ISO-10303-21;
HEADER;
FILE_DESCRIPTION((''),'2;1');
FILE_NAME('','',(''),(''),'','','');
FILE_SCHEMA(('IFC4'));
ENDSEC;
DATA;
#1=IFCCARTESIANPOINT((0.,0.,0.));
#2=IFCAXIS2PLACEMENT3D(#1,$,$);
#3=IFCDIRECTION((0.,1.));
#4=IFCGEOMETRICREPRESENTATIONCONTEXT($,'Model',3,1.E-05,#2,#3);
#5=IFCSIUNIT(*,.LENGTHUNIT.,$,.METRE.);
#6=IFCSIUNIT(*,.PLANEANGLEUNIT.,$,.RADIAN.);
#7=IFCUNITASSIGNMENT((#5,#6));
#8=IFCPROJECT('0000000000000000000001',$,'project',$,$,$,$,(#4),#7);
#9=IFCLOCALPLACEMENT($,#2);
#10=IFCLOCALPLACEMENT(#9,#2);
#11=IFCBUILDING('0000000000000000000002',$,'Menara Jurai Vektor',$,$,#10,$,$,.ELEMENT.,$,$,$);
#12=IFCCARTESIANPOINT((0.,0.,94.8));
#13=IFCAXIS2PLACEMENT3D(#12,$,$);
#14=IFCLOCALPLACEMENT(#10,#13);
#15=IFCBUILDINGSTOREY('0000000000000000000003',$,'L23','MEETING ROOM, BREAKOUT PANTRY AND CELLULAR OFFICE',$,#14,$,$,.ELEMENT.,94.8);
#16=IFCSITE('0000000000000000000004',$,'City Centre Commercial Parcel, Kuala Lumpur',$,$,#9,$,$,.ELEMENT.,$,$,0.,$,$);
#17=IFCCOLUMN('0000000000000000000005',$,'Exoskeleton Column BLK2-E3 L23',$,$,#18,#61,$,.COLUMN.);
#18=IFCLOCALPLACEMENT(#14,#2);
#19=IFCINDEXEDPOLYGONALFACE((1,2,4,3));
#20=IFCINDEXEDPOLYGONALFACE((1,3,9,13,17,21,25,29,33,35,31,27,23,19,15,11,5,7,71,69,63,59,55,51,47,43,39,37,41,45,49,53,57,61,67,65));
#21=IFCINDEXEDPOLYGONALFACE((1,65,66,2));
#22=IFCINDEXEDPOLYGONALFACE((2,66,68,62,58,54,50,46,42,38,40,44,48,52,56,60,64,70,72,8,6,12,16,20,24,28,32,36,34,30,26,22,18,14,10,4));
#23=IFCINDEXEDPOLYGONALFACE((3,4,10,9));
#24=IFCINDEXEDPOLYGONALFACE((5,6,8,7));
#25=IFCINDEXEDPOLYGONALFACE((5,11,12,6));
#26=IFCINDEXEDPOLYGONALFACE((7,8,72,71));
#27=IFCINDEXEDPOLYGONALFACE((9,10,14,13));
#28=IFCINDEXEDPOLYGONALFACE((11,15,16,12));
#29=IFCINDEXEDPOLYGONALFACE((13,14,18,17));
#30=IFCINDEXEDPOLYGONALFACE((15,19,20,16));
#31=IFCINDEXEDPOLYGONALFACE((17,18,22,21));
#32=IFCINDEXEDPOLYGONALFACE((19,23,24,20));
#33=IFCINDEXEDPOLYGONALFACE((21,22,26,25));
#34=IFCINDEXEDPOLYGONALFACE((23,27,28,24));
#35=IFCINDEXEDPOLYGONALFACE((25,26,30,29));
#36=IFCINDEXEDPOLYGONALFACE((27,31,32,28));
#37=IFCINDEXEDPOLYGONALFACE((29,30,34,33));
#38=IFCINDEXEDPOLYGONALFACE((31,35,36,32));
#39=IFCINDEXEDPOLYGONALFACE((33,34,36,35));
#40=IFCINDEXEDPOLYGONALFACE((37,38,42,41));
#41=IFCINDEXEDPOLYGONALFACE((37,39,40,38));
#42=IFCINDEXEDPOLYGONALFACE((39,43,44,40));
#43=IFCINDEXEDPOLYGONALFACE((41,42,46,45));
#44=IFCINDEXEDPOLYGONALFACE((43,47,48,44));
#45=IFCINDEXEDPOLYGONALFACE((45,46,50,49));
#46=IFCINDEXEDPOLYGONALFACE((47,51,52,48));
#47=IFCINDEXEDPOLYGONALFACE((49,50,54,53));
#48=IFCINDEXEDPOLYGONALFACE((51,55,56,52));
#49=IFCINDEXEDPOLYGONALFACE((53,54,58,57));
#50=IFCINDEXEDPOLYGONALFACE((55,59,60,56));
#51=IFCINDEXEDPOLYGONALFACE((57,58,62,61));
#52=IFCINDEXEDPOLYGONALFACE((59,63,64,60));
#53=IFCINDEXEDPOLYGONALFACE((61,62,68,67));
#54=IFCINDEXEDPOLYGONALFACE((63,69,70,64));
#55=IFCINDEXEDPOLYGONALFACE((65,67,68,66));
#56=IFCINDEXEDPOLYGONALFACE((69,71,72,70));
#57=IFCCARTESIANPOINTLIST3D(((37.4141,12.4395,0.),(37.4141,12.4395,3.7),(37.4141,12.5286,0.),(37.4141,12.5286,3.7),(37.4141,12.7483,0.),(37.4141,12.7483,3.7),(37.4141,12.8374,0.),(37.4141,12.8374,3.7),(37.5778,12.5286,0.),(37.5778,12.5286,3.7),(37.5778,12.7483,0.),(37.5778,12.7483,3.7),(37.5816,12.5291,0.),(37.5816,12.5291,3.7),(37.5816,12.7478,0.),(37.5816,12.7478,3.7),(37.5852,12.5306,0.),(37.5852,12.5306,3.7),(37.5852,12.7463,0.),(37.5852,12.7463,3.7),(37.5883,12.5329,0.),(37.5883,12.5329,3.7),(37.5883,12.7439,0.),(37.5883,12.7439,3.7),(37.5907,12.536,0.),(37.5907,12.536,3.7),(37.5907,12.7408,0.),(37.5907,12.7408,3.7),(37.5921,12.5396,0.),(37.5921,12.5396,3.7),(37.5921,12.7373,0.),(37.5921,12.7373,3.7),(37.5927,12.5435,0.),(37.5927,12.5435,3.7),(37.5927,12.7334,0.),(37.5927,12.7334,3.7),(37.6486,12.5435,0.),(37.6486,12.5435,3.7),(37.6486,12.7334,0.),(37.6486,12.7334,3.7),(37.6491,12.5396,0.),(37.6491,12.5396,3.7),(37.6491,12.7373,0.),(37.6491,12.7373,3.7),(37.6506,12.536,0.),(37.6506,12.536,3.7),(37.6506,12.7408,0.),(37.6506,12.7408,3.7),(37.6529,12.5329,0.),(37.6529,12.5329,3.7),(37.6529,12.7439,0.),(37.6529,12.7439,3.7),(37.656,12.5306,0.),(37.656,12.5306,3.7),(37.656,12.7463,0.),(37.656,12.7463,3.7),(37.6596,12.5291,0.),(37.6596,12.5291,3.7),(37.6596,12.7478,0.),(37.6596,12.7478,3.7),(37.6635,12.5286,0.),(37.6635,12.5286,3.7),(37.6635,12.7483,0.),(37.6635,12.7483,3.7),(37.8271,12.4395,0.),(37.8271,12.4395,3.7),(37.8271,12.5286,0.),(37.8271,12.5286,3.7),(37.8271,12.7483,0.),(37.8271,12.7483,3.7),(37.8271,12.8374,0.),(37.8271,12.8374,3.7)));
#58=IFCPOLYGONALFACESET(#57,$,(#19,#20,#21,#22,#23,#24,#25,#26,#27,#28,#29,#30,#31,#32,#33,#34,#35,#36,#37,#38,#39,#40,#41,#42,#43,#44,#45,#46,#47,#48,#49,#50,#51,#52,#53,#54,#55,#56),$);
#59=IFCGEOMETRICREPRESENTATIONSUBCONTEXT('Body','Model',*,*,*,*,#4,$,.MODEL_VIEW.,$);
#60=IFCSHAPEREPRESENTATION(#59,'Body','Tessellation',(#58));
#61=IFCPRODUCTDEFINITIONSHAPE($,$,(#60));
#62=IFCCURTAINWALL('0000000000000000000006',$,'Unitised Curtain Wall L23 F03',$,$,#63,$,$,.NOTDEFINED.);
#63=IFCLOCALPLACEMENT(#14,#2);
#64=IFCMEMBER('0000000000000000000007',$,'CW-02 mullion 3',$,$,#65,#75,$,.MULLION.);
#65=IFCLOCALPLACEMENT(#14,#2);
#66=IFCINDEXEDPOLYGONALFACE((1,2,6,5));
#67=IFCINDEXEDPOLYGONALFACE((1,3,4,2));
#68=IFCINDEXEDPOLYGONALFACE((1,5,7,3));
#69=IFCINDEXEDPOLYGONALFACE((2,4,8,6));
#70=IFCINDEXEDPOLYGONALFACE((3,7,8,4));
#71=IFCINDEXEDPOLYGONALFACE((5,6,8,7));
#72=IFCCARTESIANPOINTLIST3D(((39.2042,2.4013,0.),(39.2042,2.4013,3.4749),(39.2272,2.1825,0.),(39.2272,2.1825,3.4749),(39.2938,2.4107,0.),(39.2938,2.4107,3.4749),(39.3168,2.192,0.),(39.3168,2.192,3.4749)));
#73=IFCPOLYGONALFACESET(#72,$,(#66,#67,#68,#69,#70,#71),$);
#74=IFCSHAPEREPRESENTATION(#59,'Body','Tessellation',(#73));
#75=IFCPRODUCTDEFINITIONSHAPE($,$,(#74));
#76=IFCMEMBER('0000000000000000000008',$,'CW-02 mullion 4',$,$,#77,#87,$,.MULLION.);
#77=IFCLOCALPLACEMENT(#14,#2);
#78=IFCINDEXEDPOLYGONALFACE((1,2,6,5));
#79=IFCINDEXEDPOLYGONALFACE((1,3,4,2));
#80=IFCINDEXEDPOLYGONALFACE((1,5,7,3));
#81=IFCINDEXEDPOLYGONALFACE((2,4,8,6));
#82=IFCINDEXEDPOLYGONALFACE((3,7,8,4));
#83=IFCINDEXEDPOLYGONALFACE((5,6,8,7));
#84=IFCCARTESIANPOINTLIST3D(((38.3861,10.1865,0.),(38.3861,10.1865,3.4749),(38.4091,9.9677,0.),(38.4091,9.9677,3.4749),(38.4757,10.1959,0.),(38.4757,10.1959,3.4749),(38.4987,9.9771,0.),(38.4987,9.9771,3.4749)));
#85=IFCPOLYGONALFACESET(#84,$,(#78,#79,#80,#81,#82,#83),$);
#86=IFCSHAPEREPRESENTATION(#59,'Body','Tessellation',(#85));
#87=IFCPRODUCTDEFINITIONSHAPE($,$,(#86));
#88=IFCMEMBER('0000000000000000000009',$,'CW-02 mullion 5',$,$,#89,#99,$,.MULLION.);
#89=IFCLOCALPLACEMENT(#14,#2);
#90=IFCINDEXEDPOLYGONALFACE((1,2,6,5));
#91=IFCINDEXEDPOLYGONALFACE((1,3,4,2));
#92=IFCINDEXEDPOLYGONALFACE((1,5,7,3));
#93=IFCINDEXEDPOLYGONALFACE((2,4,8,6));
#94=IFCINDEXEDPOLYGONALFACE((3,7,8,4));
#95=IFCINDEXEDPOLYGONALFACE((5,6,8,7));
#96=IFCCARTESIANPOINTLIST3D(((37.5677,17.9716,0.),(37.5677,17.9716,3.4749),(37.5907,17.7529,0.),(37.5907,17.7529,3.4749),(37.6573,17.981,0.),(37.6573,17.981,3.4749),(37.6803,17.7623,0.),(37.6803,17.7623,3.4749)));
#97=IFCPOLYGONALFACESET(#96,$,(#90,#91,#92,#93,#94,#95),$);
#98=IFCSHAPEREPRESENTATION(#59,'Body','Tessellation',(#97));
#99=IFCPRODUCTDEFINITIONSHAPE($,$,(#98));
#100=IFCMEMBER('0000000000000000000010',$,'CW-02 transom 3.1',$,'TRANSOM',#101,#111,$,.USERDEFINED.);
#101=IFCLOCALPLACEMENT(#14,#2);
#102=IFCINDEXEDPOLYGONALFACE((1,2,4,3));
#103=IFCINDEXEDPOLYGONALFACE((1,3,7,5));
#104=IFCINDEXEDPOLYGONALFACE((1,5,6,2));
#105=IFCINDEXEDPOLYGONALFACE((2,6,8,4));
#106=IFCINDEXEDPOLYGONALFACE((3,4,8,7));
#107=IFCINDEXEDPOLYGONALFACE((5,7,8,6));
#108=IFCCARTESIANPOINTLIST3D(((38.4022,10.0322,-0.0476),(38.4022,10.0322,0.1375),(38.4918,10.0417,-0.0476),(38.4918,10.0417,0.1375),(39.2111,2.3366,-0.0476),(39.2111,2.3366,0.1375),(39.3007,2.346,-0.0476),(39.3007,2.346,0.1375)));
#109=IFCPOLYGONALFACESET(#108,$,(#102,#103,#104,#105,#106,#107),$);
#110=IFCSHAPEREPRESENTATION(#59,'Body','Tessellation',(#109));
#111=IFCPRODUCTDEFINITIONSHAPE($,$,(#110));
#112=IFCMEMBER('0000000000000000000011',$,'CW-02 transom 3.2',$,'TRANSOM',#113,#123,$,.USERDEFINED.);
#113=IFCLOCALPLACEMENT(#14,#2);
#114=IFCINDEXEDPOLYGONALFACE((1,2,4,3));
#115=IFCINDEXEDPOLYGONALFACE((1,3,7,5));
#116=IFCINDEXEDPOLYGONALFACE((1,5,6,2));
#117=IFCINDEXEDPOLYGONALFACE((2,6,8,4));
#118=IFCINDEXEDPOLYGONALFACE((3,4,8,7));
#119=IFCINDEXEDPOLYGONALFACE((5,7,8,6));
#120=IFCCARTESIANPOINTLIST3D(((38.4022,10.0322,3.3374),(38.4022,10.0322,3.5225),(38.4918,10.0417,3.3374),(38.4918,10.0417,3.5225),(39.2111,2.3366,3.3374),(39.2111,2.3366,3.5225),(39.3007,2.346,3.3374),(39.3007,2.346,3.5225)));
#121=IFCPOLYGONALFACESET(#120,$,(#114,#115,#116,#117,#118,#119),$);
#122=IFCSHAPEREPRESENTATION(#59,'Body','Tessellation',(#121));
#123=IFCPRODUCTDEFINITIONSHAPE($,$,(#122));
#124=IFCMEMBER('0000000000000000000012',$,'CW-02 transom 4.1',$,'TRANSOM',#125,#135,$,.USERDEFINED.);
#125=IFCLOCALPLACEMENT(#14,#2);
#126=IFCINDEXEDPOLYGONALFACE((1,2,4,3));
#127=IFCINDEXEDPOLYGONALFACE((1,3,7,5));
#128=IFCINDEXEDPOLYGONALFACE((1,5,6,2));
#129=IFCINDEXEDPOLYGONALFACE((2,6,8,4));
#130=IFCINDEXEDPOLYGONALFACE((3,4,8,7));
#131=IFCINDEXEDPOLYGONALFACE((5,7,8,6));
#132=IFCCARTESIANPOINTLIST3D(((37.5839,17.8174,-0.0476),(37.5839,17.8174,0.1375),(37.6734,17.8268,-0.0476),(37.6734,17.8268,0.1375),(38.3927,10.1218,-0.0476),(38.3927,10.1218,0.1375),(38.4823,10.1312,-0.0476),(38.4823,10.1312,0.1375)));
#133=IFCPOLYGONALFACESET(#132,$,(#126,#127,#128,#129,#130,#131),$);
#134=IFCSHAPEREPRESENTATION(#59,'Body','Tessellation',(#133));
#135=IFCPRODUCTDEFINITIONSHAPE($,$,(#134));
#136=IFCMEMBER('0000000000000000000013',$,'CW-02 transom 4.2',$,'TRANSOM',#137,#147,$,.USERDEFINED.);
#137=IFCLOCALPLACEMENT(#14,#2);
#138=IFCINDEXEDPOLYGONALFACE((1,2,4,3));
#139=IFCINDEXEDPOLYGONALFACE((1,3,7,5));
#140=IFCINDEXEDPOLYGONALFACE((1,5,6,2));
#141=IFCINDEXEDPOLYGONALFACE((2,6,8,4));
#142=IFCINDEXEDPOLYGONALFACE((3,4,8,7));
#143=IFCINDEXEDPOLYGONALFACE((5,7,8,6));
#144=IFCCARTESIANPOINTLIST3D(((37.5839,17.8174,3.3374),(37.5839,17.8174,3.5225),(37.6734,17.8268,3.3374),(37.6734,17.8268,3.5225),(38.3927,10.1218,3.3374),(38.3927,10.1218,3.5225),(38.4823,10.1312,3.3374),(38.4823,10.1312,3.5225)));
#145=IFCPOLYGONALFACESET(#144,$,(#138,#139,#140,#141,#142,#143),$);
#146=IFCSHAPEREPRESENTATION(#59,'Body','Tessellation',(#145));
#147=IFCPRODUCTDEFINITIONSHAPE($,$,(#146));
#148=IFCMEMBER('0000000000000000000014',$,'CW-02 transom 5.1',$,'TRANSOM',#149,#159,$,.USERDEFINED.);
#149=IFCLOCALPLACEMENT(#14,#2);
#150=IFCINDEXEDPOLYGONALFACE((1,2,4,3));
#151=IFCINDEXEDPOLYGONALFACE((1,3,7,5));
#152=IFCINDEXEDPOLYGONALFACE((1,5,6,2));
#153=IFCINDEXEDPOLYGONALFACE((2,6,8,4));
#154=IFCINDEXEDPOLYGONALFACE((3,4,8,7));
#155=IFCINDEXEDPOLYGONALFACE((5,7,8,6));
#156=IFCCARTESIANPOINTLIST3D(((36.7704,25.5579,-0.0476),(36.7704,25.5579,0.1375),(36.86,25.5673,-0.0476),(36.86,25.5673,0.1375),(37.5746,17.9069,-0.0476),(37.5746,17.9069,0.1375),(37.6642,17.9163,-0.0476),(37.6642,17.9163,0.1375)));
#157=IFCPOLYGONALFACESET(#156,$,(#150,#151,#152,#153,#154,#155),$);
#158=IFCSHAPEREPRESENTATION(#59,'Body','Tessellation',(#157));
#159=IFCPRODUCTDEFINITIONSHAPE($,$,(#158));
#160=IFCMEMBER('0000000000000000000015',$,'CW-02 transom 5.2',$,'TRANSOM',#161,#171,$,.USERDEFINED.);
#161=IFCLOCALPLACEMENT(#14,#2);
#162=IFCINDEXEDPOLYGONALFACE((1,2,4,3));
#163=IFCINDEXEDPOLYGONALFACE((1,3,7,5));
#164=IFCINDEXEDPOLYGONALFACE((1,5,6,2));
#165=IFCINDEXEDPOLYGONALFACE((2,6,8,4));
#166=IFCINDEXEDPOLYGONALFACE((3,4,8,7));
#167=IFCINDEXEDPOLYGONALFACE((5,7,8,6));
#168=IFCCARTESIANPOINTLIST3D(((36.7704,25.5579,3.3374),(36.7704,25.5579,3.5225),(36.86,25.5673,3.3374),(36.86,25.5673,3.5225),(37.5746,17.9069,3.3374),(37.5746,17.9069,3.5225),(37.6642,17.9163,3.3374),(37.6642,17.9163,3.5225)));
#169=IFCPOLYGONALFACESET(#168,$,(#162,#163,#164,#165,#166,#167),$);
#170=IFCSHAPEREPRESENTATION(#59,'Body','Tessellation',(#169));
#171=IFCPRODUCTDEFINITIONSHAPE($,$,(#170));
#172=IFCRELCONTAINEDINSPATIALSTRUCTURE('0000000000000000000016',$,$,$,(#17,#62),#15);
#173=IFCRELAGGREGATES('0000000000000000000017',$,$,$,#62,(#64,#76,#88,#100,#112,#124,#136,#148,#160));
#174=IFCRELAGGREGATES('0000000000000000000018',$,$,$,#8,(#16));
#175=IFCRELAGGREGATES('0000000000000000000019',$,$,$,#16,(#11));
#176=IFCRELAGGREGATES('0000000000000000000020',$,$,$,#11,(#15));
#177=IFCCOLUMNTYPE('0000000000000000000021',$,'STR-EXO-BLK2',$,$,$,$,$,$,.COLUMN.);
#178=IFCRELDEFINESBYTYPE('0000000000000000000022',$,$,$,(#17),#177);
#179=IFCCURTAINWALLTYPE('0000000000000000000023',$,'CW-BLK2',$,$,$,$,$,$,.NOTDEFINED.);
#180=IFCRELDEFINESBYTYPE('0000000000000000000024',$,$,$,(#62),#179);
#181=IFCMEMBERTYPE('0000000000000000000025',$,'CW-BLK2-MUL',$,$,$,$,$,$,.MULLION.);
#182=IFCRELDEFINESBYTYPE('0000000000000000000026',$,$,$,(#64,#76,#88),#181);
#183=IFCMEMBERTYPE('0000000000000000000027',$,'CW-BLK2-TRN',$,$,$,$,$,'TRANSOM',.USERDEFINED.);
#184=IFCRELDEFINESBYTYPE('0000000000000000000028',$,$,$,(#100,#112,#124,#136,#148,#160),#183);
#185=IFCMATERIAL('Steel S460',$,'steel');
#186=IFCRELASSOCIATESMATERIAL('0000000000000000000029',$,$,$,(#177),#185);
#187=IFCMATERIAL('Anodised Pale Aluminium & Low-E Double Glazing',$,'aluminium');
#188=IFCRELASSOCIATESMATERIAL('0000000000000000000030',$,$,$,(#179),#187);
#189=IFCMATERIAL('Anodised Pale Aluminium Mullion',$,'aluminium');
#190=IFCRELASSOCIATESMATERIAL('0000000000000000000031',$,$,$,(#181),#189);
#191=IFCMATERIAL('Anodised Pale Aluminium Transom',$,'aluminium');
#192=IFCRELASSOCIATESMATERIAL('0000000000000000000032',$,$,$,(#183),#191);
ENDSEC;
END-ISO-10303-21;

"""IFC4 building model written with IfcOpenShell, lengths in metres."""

from ifc_helpers import new_model, si_unit, direction, frame, origin, origin_2d, place, context, subcontext, project, spatial, rectangle, i_section, extrude, material, material_profile, profile_set, type_object, element, aggregate, save


model = new_model("IFC4")

# Units and contexts
model_context = context("Model", 3, precision=1e-05, world=origin(), true_north=direction((0.0, 1.0)))
body_context = subcontext(model_context, "Body", "Model", "MODEL_VIEW")
ifc_project = project(units=[si_unit("LENGTHUNIT", "METRE"), si_unit("PLANEANGLEUNIT", "RADIAN")], contexts=[model_context])

# Site, building, storey
site_placement = place(None, origin())
site = spatial("IfcSite", under=ifc_project, at=site_placement, Name="City Centre Commercial Parcel, Kuala Lumpur", CompositionType="ELEMENT", RefElevation=0.0)
building_placement = place(site_placement, origin())
building = spatial("IfcBuilding", under=site, at=building_placement, Name="Menara Jurai Vektor", CompositionType="ELEMENT")
storey_placement = place(building_placement, frame((0.0, 0.0, 94.8)))
storey = spatial("IfcBuildingStorey", under=building, at=storey_placement, Name="L23", Description="MEETING ROOM, BREAKOUT PANTRY AND CELLULAR OFFICE", CompositionType="ELEMENT", Elevation=94.8)

# Column
ifc_material_1 = material(Name="Steel S460", Category="steel")
ifc_material_profile_1 = material_profile(ifc_material_1, i_section(OverallWidth=0.4131, OverallDepth=0.3979, WebThickness=0.0559, FlangeThickness=0.0891, FilletRadius=0.0149, at=origin_2d()), Name="HD 400x744")
ifc_profile_set_1 = profile_set([ifc_material_profile_1], Name="Steel S460")
column_type = type_object("IfcColumnType", Name="STR-EXO-BLK2", PredefinedType="COLUMN", material=ifc_profile_set_1)
column_placement = place(storey_placement, frame((37.6206, 12.6384, 0.0), z_axis=(0.0, 0.0, 1.0), x_axis=(1.0, 0.0, 0.0)))
element("IfcColumn", 1, at=column_placement, inside=storey, type_object=column_type, Name="Exoskeleton Column BLK2-E3 L23", PredefinedType="COLUMN", context=body_context, shape_type="SweptSolid", body=[
    extrude(i_section(OverallWidth=0.4131, OverallDepth=0.3979, WebThickness=0.0559, FlangeThickness=0.0891, FilletRadius=0.0149, at=origin_2d()), origin(), (0.0, 0.0, 1.0), 3.7),
])

# Curtain wall, members
ifc_material_2 = material(Name="Anodised Pale Aluminium & Low-E Double Glazing", Category="aluminium")
curtain_wall_type = type_object("IfcCurtainWallType", Name="CW-BLK2", PredefinedType="NOTDEFINED", material=ifc_material_2)
curtain_wall_placement = place(storey_placement, origin())
curtain_wall = element("IfcCurtainWall", 2, at=curtain_wall_placement, inside=storey, type_object=curtain_wall_type, Name="Unitised Curtain Wall L23 F03", PredefinedType="NOTDEFINED")
ifc_material_3 = material(Name="Anodised Pale Aluminium Mullion", Category="aluminium")
ifc_material_profile_2 = material_profile(ifc_material_3, rectangle(XDim=0.0901, YDim=0.22, at=origin_2d()), Name="ALU MUL 90x220")
ifc_profile_set_2 = profile_set([ifc_material_profile_2], Name="Anodised Pale Aluminium Mullion")
member_type_1 = type_object("IfcMemberType", Name="CW-BLK2-MUL", PredefinedType="MULLION", material=ifc_profile_set_2)
member_1_placement = place(storey_placement, frame((39.2605, 2.2966, 0.0), z_axis=(0.0, 0.0, 1.0), x_axis=(-0.994522, -0.10453, 0.0)))
member_1 = element("IfcMember", 3, at=member_1_placement, type_object=member_type_1, Name="CW-02 mullion 3", PredefinedType="MULLION", context=body_context, shape_type="SweptSolid", body=[
    extrude(rectangle(XDim=0.0901, YDim=0.22, at=origin_2d()), origin(), (0.0, 0.0, 1.0), 3.4749),
])
member_2_placement = place(storey_placement, frame((38.4424, 10.0818, 0.0), z_axis=(0.0, 0.0, 1.0), x_axis=(-0.994522, -0.10453, 0.0)))
member_2 = element("IfcMember", 4, at=member_2_placement, type_object=member_type_1, Name="CW-02 mullion 4", PredefinedType="MULLION", context=body_context, shape_type="SweptSolid", body=[
    extrude(rectangle(XDim=0.0901, YDim=0.22, at=origin_2d()), origin(), (0.0, 0.0, 1.0), 3.4749),
])
member_3_placement = place(storey_placement, frame((37.624, 17.8669, 0.0), z_axis=(0.0, 0.0, 1.0), x_axis=(-0.994522, -0.10453, 0.0)))
member_3 = element("IfcMember", 5, at=member_3_placement, type_object=member_type_1, Name="CW-02 mullion 5", PredefinedType="MULLION", context=body_context, shape_type="SweptSolid", body=[
    extrude(rectangle(XDim=0.0901, YDim=0.22, at=origin_2d()), origin(), (0.0, 0.0, 1.0), 3.4749),
])
ifc_material_4 = material(Name="Anodised Pale Aluminium Transom", Category="aluminium")
ifc_material_profile_3 = material_profile(ifc_material_4, rectangle(XDim=0.0901, YDim=0.1851, at=origin_2d()), Name="ALU TRN 90x185")
ifc_profile_set_3 = profile_set([ifc_material_profile_3], Name="Anodised Pale Aluminium Transom")
member_type_2 = type_object("IfcMemberType", Name="CW-BLK2-TRN", ElementType="TRANSOM", PredefinedType="USERDEFINED", material=ifc_profile_set_3)
member_4_placement = place(storey_placement, frame((39.2559, 2.3413, 0.0449), z_axis=(-0.104529, 0.994522, 0.0), x_axis=(-0.994522, -0.104529, 0.0)))
member_4 = element("IfcMember", 6, at=member_4_placement, type_object=member_type_2, Name="CW-02 transom 3.1", ObjectType="TRANSOM", PredefinedType="USERDEFINED", context=body_context, shape_type="SweptSolid", body=[
    extrude(rectangle(XDim=0.0901, YDim=0.1851, at=origin_2d()), origin(), (0.0, 0.0, 1.0), 7.738),
])
member_5_placement = place(storey_placement, frame((39.2559, 2.3413, 3.4299), z_axis=(-0.104529, 0.994522, 0.0), x_axis=(-0.994522, -0.104529, 0.0)))
member_5 = element("IfcMember", 7, at=member_5_placement, type_object=member_type_2, Name="CW-02 transom 3.2", ObjectType="TRANSOM", PredefinedType="USERDEFINED", context=body_context, shape_type="SweptSolid", body=[
    extrude(rectangle(XDim=0.0901, YDim=0.1851, at=origin_2d()), origin(), (0.0, 0.0, 1.0), 7.738),
])
member_6_placement = place(storey_placement, frame((38.4375, 10.1265, 0.0449), z_axis=(-0.104529, 0.994522, 0.0), x_axis=(-0.994522, -0.104529, 0.0)))
member_6 = element("IfcMember", 8, at=member_6_placement, type_object=member_type_2, Name="CW-02 transom 4.1", ObjectType="TRANSOM", PredefinedType="USERDEFINED", context=body_context, shape_type="SweptSolid", body=[
    extrude(rectangle(XDim=0.0901, YDim=0.1851, at=origin_2d()), origin(), (0.0, 0.0, 1.0), 7.738),
])
member_7_placement = place(storey_placement, frame((38.4375, 10.1265, 3.4299), z_axis=(-0.104529, 0.994522, 0.0), x_axis=(-0.994522, -0.104529, 0.0)))
member_7 = element("IfcMember", 9, at=member_7_placement, type_object=member_type_2, Name="CW-02 transom 4.2", ObjectType="TRANSOM", PredefinedType="USERDEFINED", context=body_context, shape_type="SweptSolid", body=[
    extrude(rectangle(XDim=0.0901, YDim=0.1851, at=origin_2d()), origin(), (0.0, 0.0, 1.0), 7.738),
])
member_8_placement = place(storey_placement, frame((37.6194, 17.9116, 0.0449), z_axis=(-0.104536, 0.994521, 0.0), x_axis=(-0.994521, -0.104536, 0.0)))
member_8 = element("IfcMember", 10, at=member_8_placement, type_object=member_type_2, Name="CW-02 transom 5.1", ObjectType="TRANSOM", PredefinedType="USERDEFINED", context=body_context, shape_type="SweptSolid", body=[
    extrude(rectangle(XDim=0.0901, YDim=0.1851, at=origin_2d()), origin(), (0.0, 0.0, 1.0), 7.6931),
])
member_9_placement = place(storey_placement, frame((37.6194, 17.9116, 3.4299), z_axis=(-0.104536, 0.994521, 0.0), x_axis=(-0.994521, -0.104536, 0.0)))
member_9 = element("IfcMember", 11, at=member_9_placement, type_object=member_type_2, Name="CW-02 transom 5.2", ObjectType="TRANSOM", PredefinedType="USERDEFINED", context=body_context, shape_type="SweptSolid", body=[
    extrude(rectangle(XDim=0.0901, YDim=0.1851, at=origin_2d()), origin(), (0.0, 0.0, 1.0), 7.6931),
])

aggregate(curtain_wall, [member_1, member_2, member_3, member_4, member_5, member_6, member_7, member_8, member_9])

save(model, "model.ifc")
